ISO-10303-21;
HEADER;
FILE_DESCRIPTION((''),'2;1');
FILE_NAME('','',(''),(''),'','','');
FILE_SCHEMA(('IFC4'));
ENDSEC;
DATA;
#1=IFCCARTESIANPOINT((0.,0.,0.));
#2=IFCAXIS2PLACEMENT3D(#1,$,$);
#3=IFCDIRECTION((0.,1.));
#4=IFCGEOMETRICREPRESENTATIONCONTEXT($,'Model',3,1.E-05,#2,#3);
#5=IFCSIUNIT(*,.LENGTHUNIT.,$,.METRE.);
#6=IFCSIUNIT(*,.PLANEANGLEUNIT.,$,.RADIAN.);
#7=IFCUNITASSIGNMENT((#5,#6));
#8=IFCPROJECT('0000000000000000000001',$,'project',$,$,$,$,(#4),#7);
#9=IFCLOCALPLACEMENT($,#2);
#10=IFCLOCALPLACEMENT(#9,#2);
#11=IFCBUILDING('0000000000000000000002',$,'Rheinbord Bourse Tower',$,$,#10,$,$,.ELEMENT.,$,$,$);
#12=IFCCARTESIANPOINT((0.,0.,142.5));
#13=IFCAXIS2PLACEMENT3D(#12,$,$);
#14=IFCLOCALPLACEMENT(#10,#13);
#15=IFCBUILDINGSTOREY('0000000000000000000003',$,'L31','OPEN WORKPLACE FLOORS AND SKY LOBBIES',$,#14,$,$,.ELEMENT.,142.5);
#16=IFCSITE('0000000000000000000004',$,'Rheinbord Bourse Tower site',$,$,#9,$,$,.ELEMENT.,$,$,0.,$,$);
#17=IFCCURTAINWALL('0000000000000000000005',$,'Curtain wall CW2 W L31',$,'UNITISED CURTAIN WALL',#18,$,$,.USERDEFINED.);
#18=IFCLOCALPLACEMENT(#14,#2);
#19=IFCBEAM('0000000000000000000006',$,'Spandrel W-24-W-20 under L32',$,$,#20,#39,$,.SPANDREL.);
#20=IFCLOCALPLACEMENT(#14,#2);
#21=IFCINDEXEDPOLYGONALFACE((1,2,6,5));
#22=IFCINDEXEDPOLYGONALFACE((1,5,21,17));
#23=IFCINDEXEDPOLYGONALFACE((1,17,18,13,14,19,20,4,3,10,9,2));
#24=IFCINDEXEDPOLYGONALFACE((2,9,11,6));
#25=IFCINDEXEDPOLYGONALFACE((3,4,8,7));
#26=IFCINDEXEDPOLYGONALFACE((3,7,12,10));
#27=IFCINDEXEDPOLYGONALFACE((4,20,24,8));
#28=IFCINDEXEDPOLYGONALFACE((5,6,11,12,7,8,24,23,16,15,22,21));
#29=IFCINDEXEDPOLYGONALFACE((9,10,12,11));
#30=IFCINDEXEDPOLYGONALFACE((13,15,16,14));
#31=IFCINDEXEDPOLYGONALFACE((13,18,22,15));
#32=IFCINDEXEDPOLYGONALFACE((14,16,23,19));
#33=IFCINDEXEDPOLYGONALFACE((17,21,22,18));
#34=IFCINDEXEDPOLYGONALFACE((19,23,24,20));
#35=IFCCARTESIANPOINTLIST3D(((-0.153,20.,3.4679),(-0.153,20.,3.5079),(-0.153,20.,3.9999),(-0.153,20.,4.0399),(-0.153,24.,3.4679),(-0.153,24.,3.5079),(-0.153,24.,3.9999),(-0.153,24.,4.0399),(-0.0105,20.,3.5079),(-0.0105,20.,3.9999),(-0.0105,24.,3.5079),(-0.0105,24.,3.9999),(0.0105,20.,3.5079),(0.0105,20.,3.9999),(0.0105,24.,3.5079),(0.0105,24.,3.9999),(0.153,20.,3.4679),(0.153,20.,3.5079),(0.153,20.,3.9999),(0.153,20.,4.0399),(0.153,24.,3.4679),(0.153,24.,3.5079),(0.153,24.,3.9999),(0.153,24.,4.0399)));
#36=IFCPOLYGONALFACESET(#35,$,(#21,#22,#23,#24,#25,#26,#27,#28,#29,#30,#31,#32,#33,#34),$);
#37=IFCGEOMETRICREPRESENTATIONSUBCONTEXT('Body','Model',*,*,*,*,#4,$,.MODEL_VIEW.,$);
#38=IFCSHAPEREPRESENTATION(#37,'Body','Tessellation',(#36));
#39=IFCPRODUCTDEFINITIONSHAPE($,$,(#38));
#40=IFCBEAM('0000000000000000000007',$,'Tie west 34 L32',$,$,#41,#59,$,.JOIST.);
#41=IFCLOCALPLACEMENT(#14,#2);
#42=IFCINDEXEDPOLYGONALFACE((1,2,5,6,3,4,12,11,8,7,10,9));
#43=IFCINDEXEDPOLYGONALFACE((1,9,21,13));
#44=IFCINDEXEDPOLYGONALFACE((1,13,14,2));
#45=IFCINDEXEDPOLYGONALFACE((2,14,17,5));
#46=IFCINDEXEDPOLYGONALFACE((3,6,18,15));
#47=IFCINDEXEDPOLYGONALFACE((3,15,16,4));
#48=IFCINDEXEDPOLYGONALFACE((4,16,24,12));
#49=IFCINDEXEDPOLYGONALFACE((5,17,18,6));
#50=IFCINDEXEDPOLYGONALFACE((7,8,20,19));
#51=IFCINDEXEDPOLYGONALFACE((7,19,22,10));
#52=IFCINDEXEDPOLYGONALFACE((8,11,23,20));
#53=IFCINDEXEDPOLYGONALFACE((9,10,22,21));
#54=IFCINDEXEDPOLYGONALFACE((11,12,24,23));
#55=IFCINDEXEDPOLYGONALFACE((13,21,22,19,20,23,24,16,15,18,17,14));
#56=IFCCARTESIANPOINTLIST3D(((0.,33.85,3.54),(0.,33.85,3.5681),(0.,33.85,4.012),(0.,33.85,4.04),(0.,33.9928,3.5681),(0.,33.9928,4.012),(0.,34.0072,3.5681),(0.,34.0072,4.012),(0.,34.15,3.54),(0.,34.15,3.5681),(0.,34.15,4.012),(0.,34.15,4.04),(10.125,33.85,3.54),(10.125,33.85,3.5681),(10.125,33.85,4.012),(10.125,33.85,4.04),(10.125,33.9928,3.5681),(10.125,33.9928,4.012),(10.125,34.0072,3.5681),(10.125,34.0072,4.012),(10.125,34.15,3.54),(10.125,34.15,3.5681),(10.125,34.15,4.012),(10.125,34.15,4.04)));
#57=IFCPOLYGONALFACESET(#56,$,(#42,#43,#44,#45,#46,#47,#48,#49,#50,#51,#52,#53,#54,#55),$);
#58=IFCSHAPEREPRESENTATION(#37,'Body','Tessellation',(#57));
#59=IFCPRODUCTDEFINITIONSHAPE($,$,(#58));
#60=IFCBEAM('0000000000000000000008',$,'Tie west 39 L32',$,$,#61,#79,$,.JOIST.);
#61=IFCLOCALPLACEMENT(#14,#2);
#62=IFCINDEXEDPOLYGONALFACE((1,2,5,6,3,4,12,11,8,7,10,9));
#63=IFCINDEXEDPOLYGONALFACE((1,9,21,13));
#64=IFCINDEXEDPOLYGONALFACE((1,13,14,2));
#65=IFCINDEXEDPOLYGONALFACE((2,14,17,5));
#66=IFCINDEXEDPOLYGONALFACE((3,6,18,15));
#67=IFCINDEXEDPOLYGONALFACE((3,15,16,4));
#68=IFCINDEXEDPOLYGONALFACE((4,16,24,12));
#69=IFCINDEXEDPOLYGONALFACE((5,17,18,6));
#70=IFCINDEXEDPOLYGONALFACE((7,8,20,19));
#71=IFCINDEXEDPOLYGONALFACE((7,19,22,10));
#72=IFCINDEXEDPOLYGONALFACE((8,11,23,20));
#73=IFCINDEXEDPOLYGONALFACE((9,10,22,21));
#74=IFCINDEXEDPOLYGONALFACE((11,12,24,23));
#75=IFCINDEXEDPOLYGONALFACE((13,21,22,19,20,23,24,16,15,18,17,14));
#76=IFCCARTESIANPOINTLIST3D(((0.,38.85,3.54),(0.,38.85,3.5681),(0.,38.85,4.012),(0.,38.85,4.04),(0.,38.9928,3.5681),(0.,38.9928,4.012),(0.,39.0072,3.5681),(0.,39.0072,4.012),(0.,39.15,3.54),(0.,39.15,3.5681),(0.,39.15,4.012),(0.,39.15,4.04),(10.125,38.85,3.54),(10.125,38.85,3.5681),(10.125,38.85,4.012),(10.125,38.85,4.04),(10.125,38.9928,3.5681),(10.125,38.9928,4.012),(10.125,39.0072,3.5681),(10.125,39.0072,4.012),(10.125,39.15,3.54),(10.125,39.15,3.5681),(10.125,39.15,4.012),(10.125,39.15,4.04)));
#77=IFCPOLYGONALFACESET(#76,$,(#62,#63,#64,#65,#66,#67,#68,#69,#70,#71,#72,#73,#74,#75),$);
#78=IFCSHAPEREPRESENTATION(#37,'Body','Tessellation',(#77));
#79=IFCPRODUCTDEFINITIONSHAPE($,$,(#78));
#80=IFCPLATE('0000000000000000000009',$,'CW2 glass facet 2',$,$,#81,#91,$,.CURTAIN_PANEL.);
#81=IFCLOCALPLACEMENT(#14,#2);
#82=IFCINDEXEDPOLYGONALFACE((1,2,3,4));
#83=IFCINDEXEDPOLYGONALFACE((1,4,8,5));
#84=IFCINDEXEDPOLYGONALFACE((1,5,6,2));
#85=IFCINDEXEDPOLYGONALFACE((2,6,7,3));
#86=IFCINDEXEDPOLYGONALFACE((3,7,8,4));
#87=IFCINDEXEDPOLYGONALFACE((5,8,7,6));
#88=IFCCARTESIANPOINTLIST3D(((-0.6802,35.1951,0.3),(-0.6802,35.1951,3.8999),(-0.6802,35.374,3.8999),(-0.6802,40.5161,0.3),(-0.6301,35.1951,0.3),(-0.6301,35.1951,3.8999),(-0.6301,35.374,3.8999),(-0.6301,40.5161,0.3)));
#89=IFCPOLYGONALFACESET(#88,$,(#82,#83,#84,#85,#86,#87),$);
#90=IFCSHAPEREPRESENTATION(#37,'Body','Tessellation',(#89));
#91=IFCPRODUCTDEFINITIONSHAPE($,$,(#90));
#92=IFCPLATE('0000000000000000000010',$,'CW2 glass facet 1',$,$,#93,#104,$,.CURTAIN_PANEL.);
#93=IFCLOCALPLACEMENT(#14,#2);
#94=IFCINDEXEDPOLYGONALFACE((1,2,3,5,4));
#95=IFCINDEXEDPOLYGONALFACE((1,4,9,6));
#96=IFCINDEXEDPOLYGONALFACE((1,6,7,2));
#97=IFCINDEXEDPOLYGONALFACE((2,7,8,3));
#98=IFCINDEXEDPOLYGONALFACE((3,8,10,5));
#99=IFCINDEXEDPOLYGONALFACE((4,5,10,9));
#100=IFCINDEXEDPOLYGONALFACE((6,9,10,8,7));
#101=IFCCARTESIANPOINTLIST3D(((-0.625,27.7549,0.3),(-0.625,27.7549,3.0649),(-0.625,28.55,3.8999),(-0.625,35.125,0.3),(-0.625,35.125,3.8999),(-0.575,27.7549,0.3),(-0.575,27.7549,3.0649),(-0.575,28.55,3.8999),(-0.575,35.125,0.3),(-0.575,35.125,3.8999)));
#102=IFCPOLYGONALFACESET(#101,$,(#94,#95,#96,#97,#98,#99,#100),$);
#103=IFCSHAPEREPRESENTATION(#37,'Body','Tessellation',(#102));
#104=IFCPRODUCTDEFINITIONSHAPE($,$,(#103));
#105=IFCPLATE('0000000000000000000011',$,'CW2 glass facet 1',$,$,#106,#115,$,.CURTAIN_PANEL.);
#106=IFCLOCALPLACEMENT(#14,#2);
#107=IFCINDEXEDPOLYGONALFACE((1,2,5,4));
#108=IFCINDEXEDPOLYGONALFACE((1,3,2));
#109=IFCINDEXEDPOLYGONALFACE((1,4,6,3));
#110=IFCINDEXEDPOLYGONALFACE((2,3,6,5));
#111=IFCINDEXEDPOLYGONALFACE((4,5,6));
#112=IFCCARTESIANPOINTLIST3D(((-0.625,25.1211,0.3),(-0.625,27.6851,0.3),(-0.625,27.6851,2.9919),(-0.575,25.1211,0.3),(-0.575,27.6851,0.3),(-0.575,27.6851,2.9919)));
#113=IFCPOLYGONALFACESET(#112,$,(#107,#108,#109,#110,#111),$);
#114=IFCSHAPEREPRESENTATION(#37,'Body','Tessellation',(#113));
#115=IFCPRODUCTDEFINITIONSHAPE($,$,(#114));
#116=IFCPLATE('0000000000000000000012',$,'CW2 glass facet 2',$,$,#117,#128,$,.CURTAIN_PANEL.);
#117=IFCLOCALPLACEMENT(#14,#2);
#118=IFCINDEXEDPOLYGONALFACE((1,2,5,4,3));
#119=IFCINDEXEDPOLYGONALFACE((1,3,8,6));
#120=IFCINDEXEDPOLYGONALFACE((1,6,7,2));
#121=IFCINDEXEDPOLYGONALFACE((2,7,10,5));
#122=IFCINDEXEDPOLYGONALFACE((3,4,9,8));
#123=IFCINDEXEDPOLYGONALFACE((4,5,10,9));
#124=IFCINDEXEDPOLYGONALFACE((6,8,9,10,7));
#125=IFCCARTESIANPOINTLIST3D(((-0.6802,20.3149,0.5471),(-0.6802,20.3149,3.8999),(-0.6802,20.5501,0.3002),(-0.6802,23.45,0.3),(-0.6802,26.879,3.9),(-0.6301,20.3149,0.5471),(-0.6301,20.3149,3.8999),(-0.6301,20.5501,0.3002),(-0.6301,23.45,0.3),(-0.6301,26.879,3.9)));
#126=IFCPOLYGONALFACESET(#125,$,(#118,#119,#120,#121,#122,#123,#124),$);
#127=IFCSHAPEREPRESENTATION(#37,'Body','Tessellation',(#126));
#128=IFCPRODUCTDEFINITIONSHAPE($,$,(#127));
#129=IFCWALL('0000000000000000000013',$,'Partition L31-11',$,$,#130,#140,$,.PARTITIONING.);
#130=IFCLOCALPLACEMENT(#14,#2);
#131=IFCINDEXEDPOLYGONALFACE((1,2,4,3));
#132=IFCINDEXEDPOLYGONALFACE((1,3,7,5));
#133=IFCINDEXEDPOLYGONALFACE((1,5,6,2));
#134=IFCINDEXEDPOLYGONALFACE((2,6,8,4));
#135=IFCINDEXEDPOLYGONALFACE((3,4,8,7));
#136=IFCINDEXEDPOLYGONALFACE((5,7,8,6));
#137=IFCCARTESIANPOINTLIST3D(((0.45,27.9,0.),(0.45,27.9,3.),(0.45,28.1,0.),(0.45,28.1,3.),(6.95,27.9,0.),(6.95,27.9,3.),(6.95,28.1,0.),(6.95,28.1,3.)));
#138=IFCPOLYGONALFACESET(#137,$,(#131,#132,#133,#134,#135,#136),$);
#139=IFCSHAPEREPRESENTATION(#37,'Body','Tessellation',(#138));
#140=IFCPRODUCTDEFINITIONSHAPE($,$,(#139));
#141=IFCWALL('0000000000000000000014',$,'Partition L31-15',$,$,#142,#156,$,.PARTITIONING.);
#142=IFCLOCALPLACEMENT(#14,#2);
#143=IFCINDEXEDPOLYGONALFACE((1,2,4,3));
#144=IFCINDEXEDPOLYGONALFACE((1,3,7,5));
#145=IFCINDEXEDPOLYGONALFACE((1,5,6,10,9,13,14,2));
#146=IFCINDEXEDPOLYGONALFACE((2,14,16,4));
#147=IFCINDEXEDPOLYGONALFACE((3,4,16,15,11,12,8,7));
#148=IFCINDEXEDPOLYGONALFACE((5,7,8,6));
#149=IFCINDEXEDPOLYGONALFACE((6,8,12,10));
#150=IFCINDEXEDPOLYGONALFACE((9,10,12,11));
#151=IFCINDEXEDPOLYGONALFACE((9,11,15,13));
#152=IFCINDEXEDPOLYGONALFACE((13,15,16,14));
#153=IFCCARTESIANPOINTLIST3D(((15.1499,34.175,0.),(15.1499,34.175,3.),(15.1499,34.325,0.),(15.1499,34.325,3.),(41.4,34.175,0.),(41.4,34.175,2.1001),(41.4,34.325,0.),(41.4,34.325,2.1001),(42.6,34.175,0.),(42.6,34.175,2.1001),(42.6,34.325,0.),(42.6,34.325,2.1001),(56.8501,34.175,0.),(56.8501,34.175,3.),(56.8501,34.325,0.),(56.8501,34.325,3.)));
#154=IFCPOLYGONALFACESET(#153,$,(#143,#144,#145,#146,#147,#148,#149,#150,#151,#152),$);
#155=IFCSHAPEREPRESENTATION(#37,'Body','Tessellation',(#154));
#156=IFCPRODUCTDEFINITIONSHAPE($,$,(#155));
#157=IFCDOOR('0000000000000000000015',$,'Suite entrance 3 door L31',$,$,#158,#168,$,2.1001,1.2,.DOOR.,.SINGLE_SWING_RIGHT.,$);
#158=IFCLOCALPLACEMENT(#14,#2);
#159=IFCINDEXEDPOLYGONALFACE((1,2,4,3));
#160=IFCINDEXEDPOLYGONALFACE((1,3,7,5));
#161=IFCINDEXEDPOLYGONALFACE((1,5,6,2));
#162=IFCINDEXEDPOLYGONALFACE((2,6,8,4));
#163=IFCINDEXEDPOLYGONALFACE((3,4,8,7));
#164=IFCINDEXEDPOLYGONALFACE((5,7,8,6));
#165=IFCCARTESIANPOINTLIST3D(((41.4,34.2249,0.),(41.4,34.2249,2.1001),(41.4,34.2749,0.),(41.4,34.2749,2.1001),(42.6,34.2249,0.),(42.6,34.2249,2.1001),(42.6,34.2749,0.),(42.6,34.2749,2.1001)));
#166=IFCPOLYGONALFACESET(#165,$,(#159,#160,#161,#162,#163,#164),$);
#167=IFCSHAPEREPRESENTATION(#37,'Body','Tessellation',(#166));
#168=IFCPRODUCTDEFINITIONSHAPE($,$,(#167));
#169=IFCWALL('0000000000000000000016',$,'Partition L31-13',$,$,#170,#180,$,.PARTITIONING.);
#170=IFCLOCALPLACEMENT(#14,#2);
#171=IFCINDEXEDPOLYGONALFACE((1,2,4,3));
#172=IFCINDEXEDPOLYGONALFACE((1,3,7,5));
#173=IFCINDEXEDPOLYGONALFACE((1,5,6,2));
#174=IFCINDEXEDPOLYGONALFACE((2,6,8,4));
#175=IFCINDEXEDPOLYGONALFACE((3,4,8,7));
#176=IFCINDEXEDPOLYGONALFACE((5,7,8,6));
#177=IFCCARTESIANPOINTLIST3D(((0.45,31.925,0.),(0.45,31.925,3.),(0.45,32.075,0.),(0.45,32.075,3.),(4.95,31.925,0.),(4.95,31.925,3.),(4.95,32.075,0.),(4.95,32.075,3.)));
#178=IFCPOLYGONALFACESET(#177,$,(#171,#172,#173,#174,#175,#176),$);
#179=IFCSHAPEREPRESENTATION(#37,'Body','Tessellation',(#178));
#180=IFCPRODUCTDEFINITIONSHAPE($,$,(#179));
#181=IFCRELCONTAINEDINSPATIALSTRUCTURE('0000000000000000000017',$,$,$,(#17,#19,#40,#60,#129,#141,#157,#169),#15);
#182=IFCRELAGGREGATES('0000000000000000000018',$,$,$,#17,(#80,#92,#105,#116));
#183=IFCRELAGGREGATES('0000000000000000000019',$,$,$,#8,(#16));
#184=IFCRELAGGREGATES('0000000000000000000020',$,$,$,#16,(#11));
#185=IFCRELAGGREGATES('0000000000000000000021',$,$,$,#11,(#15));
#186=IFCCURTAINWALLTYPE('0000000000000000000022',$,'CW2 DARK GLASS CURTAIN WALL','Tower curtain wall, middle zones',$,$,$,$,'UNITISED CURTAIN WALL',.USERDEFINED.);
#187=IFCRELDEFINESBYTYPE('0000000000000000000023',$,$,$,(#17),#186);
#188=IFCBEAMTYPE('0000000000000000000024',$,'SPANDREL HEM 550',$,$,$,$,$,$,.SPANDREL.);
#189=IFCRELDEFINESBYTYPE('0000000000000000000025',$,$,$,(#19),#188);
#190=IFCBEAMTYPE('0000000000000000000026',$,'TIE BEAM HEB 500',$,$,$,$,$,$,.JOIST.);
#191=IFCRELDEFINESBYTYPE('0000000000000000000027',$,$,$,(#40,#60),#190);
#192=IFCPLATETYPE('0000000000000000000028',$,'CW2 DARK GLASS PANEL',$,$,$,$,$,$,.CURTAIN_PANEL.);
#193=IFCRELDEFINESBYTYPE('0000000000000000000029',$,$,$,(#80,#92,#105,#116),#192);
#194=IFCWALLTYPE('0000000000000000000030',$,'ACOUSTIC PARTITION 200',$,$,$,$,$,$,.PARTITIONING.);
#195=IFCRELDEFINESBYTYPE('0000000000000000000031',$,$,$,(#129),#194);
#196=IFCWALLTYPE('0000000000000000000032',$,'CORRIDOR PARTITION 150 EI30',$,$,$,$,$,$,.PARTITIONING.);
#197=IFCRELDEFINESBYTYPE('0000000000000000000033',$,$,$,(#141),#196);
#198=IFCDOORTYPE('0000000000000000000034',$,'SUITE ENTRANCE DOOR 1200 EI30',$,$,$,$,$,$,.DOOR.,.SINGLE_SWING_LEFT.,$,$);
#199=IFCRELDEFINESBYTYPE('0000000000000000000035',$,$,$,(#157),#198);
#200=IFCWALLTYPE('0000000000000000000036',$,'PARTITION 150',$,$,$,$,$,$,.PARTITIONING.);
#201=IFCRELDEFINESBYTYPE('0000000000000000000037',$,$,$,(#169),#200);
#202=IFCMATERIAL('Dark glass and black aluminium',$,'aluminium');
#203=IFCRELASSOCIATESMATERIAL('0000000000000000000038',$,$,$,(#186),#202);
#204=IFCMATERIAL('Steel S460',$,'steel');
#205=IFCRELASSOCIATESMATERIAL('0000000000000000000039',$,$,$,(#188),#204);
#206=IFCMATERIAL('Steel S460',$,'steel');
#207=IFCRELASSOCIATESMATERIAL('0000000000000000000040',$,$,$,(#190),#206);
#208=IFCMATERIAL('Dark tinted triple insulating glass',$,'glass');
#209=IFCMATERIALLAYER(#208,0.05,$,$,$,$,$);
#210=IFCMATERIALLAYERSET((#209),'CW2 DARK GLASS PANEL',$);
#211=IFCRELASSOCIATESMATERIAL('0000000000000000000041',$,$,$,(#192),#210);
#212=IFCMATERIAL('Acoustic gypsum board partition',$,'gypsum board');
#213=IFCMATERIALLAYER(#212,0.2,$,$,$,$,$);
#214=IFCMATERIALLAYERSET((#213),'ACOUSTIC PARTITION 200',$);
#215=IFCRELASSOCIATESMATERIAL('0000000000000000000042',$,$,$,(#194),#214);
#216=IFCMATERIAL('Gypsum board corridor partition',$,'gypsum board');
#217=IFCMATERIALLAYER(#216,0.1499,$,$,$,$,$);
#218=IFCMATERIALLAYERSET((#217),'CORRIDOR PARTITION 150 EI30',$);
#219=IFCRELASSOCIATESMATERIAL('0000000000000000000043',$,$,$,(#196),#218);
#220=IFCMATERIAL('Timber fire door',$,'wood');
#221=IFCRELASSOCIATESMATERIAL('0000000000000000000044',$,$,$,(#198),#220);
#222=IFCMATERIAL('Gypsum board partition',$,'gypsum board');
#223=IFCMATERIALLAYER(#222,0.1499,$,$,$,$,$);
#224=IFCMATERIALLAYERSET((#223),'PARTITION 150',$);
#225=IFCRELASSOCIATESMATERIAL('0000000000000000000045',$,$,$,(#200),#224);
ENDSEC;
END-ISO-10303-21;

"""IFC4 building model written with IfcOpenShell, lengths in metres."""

from ifc_helpers import new_model, si_unit, direction, frame, frame_2d, origin, origin_2d, place, context, subcontext, project, spatial, polyline, rectangle, i_section, outline, extrude, material, layer, layer_set, material_profile, profile_set, type_object, element, fill, aggregate, save


model = new_model("IFC4")

# Units and contexts
model_context = context("Model", 3, precision=1e-05, world=origin(), true_north=direction((0.0, 1.0)))
body_context = subcontext(model_context, "Body", "Model", "MODEL_VIEW")
ifc_project = project(units=[si_unit("LENGTHUNIT", "METRE"), si_unit("PLANEANGLEUNIT", "RADIAN")], contexts=[model_context])

# Site, building, storey
site_placement = place(None, origin())
site = spatial("IfcSite", under=ifc_project, at=site_placement, Name="Rheinbord Bourse Tower site", CompositionType="ELEMENT", RefElevation=0.0)
building_placement = place(site_placement, origin())
building = spatial("IfcBuilding", under=site, at=building_placement, Name="Rheinbord Bourse Tower", CompositionType="ELEMENT")
storey_placement = place(building_placement, frame((0.0, 0.0, 142.5)))
storey = spatial("IfcBuildingStorey", under=building, at=storey_placement, Name="L31", Description="OPEN WORKPLACE FLOORS AND SKY LOBBIES", CompositionType="ELEMENT", Elevation=142.5)

# Curtain wall
ifc_material_1 = material(Name="Dark glass and black aluminium", Category="aluminium")
curtain_wall_type = type_object("IfcCurtainWallType", Name="CW2 DARK GLASS CURTAIN WALL", Description="Tower curtain wall, middle zones", ElementType="UNITISED CURTAIN WALL", PredefinedType="USERDEFINED", material=ifc_material_1)
curtain_wall_placement = place(storey_placement, origin())
curtain_wall = element("IfcCurtainWall", 1, at=curtain_wall_placement, inside=storey, type_object=curtain_wall_type, Name="Curtain wall CW2 W L31", ObjectType="UNITISED CURTAIN WALL", PredefinedType="USERDEFINED")

# Beams
ifc_material_2 = material(Name="Steel S460", Category="steel")
ifc_material_profile_1 = material_profile(ifc_material_2, i_section(OverallWidth=0.3059, OverallDepth=0.572, WebThickness=0.021, FlangeThickness=0.04, at=origin_2d()), Name="HEM 550")
ifc_profile_set_1 = profile_set([ifc_material_profile_1], Name="Steel S460")
beam_type_1 = type_object("IfcBeamType", Name="SPANDREL HEM 550", PredefinedType="SPANDREL", material=ifc_profile_set_1)
for number, where, z_axis, x_axis, name in (
    (2, (0.0, 24.0, 3.7539), (0.0, -1.0, 0.0), (1.0, 0.0, 0.0), "Spandrel W-24-W-20 under L32"),
):
    element("IfcBeam", number, at=place(storey_placement, frame(where, z_axis=z_axis, x_axis=x_axis)), inside=storey, type_object=beam_type_1, Name=name, PredefinedType="SPANDREL", context=body_context, shape_type="SweptSolid", body=[
        extrude(i_section(OverallWidth=0.3059, OverallDepth=0.572, WebThickness=0.021, FlangeThickness=0.04, at=origin_2d()), origin(), (0.0, 0.0, 1.0), 4.0),
    ])
ifc_material_3 = material(Name="Steel S460", Category="steel")
ifc_material_profile_2 = material_profile(ifc_material_3, i_section(OverallWidth=0.3, OverallDepth=0.5, WebThickness=0.0144, FlangeThickness=0.0281, at=origin_2d()), Name="HEB 500")
ifc_profile_set_2 = profile_set([ifc_material_profile_2], Name="Steel S460")
beam_type_2 = type_object("IfcBeamType", Name="TIE BEAM HEB 500", PredefinedType="JOIST", material=ifc_profile_set_2)
for number, where, z_axis, x_axis, name in (
    (3, (0.0, 34.0, 3.79), (1.0, 0.0, 0.0), (0.0, 1.0, 0.0), "Tie west 34 L32"),
    (4, (0.0, 39.0, 3.79), (1.0, 0.0, 0.0), (0.0, 1.0, 0.0), "Tie west 39 L32"),
):
    element("IfcBeam", number, at=place(storey_placement, frame(where, z_axis=z_axis, x_axis=x_axis)), inside=storey, type_object=beam_type_2, Name=name, PredefinedType="JOIST", context=body_context, shape_type="SweptSolid", body=[
        extrude(i_section(OverallWidth=0.3, OverallDepth=0.5, WebThickness=0.0144, FlangeThickness=0.0281, at=origin_2d()), origin(), (0.0, 0.0, 1.0), 10.125),
    ])

# Plates
ifc_material_4 = material(Name="Dark tinted triple insulating glass", Category="glass")
ifc_layer_1 = layer(ifc_material_4, 0.05)
ifc_layer_set_1 = layer_set([ifc_layer_1], Name="CW2 DARK GLASS PANEL")
plate_type = type_object("IfcPlateType", Name="CW2 DARK GLASS PANEL", PredefinedType="CURTAIN_PANEL", material=ifc_layer_set_1)
plate_1_placement = place(storey_placement, frame((-0.6802, 35.1951, 3.8999), z_axis=(1.0, 0.0, 0.0), x_axis=(0.0, 0.0, -1.0)))
plate_1 = element("IfcPlate", 5, at=plate_1_placement, type_object=plate_type, Name="CW2 glass facet 2", PredefinedType="CURTAIN_PANEL", context=body_context, shape_type="SweptSolid", body=[
    extrude(outline(polyline([(0.0, 0.0), (3.5999, 0.0), (3.5999, 5.321), (0.0, 0.179), (0.0, 0.0)])), origin(), (0.0, 0.0, 1.0), 0.05),
])
plate_2_placement = place(storey_placement, frame((-0.625, 27.7549, 0.3), z_axis=(1.0, 0.0, 0.0), x_axis=(0.0, 1.0, 0.0)))
plate_2 = element("IfcPlate", 6, at=plate_2_placement, type_object=plate_type, Name="CW2 glass facet 1", PredefinedType="CURTAIN_PANEL", context=body_context, shape_type="SweptSolid", body=[
    extrude(outline(polyline([(0.0, 0.0), (7.3701, 0.0), (7.3701, 3.5999), (0.7952, 3.5999), (0.0, 2.7649), (0.0, 0.0)])), origin(), (0.0, 0.0, 1.0), 0.05),
])
plate_3_placement = place(storey_placement, frame((-0.625, 27.6851, 0.3), z_axis=(1.0, 0.0, 0.0), x_axis=(0.0, 0.0, 1.0)))
plate_3 = element("IfcPlate", 7, at=plate_3_placement, type_object=plate_type, Name="CW2 glass facet 1", PredefinedType="CURTAIN_PANEL", context=body_context, shape_type="SweptSolid", body=[
    extrude(outline(polyline([(0.0, 0.0), (2.6919, 0.0), (0.0, 2.564), (0.0, 0.0)])), origin(), (0.0, 0.0, 1.0), 0.05),
])
plate_4_placement = place(storey_placement, frame((-0.6802, 23.45, 0.3), z_axis=(1.0, 0.0, 0.0), x_axis=(0.0, 0.68971, 0.724085)))
plate_4 = element("IfcPlate", 8, at=plate_4_placement, type_object=plate_type, Name="CW2 glass facet 2", PredefinedType="CURTAIN_PANEL", context=body_context, shape_type="SweptSolid", body=[
    extrude(outline(polyline([(0.0, 0.0), (4.9717, 0.0), (0.4443, 4.7529), (-1.9834, 2.4404), (-2.0, 2.0999), (0.0, 0.0)])), origin(), (0.0, 0.0, 1.0), 0.05),
])
aggregate(curtain_wall, [plate_1, plate_2, plate_3, plate_4])

# Wall
ifc_material_5 = material(Name="Acoustic gypsum board partition", Category="gypsum board")
ifc_layer_2 = layer(ifc_material_5, 0.2)
ifc_layer_set_2 = layer_set([ifc_layer_2], Name="ACOUSTIC PARTITION 200")
wall_type_1 = type_object("IfcWallType", Name="ACOUSTIC PARTITION 200", PredefinedType="PARTITIONING", material=ifc_layer_set_2)
wall_1_placement = place(storey_placement, frame((0.45, 28.0, 0.0), z_axis=(0.0, 0.0, 1.0), x_axis=(1.0, 0.0, 0.0)))
element("IfcWall", 9, at=wall_1_placement, inside=storey, type_object=wall_type_1, Name="Partition L31-11", PredefinedType="PARTITIONING", context=body_context, shape_type="SweptSolid", body=[
    extrude(rectangle(XDim=6.5, YDim=0.2, at=frame_2d((3.25, 0.0))), origin(), (0.0, 0.0, 1.0), 3.0),
])

# Wall, opening, door
ifc_material_6 = material(Name="Gypsum board corridor partition", Category="gypsum board")
ifc_layer_3 = layer(ifc_material_6, 0.1499)
ifc_layer_set_3 = layer_set([ifc_layer_3], Name="CORRIDOR PARTITION 150 EI30")
wall_type_2 = type_object("IfcWallType", Name="CORRIDOR PARTITION 150 EI30", PredefinedType="PARTITIONING", material=ifc_layer_set_3)
wall_2_placement = place(storey_placement, frame((15.1499, 34.25, 0.0), z_axis=(0.0, 0.0, 1.0), x_axis=(1.0, 0.0, 0.0)))
wall_2 = element("IfcWall", 10, at=wall_2_placement, inside=storey, type_object=wall_type_2, Name="Partition L31-15", PredefinedType="PARTITIONING", context=body_context, shape_type="SweptSolid", body=[
    extrude(rectangle(XDim=41.7002, YDim=0.1499, at=frame_2d((20.8501, 0.0))), origin(), (0.0, 0.0, 1.0), 3.0),
])
opening_1_placement = place(wall_2_placement, frame((26.25, 0.0, 0.0)))
opening_1 = element("IfcOpeningElement", 11, at=opening_1_placement, cuts=wall_2, PredefinedType="OPENING", context=body_context, shape_type="SweptSolid", body=[
    extrude(rectangle(XDim=1.2, YDim=2.1001, at=frame_2d((0.6001, 1.05))), frame((0.0, 0.085, 0.0), z_axis=(0.0, -1.0, 0.0), x_axis=(1.0, 0.0, 0.0)), (0.0, 0.0, 1.0), 0.1699),
])
ifc_material_7 = material(Name="Timber fire door", Category="wood")
door_type_1 = type_object("IfcDoorType", Name="SUITE ENTRANCE DOOR 1200 EI30", OperationType="SINGLE_SWING_LEFT", PredefinedType="DOOR", material=ifc_material_7)
door_1_placement = place(opening_1_placement, origin())
door_1 = element("IfcDoor", 12, at=door_1_placement, inside=storey, type_object=door_type_1, Name="Suite entrance 3 door L31", OperationType="SINGLE_SWING_RIGHT", OverallHeight=2.1001, OverallWidth=1.2, PredefinedType="DOOR", context=body_context, shape_type="SweptSolid", body=[
    extrude(rectangle(XDim=1.2, YDim=2.1001, at=frame_2d((0.6001, 1.05))), frame((0.0, 0.0249, 0.0), z_axis=(0.0, -1.0, 0.0), x_axis=(1.0, 0.0, 0.0)), (0.0, 0.0, 1.0), 0.05),
])
fill(opening_1, door_1)

# Wall
ifc_material_8 = material(Name="Gypsum board partition", Category="gypsum board")
ifc_layer_4 = layer(ifc_material_8, 0.1499)
ifc_layer_set_4 = layer_set([ifc_layer_4], Name="PARTITION 150")
wall_type_3 = type_object("IfcWallType", Name="PARTITION 150", PredefinedType="PARTITIONING", material=ifc_layer_set_4)
for number, where, z_axis, x_axis, name in (
    (13, (0.45, 32.0, 0.0), (0.0, 0.0, 1.0), (1.0, 0.0, 0.0), "Partition L31-13"),
):
    element("IfcWall", number, at=place(storey_placement, frame(where, z_axis=z_axis, x_axis=x_axis)), inside=storey, type_object=wall_type_3, Name=name, PredefinedType="PARTITIONING", context=body_context, shape_type="SweptSolid", body=[
        extrude(rectangle(XDim=4.5, YDim=0.1499, at=frame_2d((2.25, 0.0))), origin(), (0.0, 0.0, 1.0), 3.0),
    ])

save(model, "model.ifc")
